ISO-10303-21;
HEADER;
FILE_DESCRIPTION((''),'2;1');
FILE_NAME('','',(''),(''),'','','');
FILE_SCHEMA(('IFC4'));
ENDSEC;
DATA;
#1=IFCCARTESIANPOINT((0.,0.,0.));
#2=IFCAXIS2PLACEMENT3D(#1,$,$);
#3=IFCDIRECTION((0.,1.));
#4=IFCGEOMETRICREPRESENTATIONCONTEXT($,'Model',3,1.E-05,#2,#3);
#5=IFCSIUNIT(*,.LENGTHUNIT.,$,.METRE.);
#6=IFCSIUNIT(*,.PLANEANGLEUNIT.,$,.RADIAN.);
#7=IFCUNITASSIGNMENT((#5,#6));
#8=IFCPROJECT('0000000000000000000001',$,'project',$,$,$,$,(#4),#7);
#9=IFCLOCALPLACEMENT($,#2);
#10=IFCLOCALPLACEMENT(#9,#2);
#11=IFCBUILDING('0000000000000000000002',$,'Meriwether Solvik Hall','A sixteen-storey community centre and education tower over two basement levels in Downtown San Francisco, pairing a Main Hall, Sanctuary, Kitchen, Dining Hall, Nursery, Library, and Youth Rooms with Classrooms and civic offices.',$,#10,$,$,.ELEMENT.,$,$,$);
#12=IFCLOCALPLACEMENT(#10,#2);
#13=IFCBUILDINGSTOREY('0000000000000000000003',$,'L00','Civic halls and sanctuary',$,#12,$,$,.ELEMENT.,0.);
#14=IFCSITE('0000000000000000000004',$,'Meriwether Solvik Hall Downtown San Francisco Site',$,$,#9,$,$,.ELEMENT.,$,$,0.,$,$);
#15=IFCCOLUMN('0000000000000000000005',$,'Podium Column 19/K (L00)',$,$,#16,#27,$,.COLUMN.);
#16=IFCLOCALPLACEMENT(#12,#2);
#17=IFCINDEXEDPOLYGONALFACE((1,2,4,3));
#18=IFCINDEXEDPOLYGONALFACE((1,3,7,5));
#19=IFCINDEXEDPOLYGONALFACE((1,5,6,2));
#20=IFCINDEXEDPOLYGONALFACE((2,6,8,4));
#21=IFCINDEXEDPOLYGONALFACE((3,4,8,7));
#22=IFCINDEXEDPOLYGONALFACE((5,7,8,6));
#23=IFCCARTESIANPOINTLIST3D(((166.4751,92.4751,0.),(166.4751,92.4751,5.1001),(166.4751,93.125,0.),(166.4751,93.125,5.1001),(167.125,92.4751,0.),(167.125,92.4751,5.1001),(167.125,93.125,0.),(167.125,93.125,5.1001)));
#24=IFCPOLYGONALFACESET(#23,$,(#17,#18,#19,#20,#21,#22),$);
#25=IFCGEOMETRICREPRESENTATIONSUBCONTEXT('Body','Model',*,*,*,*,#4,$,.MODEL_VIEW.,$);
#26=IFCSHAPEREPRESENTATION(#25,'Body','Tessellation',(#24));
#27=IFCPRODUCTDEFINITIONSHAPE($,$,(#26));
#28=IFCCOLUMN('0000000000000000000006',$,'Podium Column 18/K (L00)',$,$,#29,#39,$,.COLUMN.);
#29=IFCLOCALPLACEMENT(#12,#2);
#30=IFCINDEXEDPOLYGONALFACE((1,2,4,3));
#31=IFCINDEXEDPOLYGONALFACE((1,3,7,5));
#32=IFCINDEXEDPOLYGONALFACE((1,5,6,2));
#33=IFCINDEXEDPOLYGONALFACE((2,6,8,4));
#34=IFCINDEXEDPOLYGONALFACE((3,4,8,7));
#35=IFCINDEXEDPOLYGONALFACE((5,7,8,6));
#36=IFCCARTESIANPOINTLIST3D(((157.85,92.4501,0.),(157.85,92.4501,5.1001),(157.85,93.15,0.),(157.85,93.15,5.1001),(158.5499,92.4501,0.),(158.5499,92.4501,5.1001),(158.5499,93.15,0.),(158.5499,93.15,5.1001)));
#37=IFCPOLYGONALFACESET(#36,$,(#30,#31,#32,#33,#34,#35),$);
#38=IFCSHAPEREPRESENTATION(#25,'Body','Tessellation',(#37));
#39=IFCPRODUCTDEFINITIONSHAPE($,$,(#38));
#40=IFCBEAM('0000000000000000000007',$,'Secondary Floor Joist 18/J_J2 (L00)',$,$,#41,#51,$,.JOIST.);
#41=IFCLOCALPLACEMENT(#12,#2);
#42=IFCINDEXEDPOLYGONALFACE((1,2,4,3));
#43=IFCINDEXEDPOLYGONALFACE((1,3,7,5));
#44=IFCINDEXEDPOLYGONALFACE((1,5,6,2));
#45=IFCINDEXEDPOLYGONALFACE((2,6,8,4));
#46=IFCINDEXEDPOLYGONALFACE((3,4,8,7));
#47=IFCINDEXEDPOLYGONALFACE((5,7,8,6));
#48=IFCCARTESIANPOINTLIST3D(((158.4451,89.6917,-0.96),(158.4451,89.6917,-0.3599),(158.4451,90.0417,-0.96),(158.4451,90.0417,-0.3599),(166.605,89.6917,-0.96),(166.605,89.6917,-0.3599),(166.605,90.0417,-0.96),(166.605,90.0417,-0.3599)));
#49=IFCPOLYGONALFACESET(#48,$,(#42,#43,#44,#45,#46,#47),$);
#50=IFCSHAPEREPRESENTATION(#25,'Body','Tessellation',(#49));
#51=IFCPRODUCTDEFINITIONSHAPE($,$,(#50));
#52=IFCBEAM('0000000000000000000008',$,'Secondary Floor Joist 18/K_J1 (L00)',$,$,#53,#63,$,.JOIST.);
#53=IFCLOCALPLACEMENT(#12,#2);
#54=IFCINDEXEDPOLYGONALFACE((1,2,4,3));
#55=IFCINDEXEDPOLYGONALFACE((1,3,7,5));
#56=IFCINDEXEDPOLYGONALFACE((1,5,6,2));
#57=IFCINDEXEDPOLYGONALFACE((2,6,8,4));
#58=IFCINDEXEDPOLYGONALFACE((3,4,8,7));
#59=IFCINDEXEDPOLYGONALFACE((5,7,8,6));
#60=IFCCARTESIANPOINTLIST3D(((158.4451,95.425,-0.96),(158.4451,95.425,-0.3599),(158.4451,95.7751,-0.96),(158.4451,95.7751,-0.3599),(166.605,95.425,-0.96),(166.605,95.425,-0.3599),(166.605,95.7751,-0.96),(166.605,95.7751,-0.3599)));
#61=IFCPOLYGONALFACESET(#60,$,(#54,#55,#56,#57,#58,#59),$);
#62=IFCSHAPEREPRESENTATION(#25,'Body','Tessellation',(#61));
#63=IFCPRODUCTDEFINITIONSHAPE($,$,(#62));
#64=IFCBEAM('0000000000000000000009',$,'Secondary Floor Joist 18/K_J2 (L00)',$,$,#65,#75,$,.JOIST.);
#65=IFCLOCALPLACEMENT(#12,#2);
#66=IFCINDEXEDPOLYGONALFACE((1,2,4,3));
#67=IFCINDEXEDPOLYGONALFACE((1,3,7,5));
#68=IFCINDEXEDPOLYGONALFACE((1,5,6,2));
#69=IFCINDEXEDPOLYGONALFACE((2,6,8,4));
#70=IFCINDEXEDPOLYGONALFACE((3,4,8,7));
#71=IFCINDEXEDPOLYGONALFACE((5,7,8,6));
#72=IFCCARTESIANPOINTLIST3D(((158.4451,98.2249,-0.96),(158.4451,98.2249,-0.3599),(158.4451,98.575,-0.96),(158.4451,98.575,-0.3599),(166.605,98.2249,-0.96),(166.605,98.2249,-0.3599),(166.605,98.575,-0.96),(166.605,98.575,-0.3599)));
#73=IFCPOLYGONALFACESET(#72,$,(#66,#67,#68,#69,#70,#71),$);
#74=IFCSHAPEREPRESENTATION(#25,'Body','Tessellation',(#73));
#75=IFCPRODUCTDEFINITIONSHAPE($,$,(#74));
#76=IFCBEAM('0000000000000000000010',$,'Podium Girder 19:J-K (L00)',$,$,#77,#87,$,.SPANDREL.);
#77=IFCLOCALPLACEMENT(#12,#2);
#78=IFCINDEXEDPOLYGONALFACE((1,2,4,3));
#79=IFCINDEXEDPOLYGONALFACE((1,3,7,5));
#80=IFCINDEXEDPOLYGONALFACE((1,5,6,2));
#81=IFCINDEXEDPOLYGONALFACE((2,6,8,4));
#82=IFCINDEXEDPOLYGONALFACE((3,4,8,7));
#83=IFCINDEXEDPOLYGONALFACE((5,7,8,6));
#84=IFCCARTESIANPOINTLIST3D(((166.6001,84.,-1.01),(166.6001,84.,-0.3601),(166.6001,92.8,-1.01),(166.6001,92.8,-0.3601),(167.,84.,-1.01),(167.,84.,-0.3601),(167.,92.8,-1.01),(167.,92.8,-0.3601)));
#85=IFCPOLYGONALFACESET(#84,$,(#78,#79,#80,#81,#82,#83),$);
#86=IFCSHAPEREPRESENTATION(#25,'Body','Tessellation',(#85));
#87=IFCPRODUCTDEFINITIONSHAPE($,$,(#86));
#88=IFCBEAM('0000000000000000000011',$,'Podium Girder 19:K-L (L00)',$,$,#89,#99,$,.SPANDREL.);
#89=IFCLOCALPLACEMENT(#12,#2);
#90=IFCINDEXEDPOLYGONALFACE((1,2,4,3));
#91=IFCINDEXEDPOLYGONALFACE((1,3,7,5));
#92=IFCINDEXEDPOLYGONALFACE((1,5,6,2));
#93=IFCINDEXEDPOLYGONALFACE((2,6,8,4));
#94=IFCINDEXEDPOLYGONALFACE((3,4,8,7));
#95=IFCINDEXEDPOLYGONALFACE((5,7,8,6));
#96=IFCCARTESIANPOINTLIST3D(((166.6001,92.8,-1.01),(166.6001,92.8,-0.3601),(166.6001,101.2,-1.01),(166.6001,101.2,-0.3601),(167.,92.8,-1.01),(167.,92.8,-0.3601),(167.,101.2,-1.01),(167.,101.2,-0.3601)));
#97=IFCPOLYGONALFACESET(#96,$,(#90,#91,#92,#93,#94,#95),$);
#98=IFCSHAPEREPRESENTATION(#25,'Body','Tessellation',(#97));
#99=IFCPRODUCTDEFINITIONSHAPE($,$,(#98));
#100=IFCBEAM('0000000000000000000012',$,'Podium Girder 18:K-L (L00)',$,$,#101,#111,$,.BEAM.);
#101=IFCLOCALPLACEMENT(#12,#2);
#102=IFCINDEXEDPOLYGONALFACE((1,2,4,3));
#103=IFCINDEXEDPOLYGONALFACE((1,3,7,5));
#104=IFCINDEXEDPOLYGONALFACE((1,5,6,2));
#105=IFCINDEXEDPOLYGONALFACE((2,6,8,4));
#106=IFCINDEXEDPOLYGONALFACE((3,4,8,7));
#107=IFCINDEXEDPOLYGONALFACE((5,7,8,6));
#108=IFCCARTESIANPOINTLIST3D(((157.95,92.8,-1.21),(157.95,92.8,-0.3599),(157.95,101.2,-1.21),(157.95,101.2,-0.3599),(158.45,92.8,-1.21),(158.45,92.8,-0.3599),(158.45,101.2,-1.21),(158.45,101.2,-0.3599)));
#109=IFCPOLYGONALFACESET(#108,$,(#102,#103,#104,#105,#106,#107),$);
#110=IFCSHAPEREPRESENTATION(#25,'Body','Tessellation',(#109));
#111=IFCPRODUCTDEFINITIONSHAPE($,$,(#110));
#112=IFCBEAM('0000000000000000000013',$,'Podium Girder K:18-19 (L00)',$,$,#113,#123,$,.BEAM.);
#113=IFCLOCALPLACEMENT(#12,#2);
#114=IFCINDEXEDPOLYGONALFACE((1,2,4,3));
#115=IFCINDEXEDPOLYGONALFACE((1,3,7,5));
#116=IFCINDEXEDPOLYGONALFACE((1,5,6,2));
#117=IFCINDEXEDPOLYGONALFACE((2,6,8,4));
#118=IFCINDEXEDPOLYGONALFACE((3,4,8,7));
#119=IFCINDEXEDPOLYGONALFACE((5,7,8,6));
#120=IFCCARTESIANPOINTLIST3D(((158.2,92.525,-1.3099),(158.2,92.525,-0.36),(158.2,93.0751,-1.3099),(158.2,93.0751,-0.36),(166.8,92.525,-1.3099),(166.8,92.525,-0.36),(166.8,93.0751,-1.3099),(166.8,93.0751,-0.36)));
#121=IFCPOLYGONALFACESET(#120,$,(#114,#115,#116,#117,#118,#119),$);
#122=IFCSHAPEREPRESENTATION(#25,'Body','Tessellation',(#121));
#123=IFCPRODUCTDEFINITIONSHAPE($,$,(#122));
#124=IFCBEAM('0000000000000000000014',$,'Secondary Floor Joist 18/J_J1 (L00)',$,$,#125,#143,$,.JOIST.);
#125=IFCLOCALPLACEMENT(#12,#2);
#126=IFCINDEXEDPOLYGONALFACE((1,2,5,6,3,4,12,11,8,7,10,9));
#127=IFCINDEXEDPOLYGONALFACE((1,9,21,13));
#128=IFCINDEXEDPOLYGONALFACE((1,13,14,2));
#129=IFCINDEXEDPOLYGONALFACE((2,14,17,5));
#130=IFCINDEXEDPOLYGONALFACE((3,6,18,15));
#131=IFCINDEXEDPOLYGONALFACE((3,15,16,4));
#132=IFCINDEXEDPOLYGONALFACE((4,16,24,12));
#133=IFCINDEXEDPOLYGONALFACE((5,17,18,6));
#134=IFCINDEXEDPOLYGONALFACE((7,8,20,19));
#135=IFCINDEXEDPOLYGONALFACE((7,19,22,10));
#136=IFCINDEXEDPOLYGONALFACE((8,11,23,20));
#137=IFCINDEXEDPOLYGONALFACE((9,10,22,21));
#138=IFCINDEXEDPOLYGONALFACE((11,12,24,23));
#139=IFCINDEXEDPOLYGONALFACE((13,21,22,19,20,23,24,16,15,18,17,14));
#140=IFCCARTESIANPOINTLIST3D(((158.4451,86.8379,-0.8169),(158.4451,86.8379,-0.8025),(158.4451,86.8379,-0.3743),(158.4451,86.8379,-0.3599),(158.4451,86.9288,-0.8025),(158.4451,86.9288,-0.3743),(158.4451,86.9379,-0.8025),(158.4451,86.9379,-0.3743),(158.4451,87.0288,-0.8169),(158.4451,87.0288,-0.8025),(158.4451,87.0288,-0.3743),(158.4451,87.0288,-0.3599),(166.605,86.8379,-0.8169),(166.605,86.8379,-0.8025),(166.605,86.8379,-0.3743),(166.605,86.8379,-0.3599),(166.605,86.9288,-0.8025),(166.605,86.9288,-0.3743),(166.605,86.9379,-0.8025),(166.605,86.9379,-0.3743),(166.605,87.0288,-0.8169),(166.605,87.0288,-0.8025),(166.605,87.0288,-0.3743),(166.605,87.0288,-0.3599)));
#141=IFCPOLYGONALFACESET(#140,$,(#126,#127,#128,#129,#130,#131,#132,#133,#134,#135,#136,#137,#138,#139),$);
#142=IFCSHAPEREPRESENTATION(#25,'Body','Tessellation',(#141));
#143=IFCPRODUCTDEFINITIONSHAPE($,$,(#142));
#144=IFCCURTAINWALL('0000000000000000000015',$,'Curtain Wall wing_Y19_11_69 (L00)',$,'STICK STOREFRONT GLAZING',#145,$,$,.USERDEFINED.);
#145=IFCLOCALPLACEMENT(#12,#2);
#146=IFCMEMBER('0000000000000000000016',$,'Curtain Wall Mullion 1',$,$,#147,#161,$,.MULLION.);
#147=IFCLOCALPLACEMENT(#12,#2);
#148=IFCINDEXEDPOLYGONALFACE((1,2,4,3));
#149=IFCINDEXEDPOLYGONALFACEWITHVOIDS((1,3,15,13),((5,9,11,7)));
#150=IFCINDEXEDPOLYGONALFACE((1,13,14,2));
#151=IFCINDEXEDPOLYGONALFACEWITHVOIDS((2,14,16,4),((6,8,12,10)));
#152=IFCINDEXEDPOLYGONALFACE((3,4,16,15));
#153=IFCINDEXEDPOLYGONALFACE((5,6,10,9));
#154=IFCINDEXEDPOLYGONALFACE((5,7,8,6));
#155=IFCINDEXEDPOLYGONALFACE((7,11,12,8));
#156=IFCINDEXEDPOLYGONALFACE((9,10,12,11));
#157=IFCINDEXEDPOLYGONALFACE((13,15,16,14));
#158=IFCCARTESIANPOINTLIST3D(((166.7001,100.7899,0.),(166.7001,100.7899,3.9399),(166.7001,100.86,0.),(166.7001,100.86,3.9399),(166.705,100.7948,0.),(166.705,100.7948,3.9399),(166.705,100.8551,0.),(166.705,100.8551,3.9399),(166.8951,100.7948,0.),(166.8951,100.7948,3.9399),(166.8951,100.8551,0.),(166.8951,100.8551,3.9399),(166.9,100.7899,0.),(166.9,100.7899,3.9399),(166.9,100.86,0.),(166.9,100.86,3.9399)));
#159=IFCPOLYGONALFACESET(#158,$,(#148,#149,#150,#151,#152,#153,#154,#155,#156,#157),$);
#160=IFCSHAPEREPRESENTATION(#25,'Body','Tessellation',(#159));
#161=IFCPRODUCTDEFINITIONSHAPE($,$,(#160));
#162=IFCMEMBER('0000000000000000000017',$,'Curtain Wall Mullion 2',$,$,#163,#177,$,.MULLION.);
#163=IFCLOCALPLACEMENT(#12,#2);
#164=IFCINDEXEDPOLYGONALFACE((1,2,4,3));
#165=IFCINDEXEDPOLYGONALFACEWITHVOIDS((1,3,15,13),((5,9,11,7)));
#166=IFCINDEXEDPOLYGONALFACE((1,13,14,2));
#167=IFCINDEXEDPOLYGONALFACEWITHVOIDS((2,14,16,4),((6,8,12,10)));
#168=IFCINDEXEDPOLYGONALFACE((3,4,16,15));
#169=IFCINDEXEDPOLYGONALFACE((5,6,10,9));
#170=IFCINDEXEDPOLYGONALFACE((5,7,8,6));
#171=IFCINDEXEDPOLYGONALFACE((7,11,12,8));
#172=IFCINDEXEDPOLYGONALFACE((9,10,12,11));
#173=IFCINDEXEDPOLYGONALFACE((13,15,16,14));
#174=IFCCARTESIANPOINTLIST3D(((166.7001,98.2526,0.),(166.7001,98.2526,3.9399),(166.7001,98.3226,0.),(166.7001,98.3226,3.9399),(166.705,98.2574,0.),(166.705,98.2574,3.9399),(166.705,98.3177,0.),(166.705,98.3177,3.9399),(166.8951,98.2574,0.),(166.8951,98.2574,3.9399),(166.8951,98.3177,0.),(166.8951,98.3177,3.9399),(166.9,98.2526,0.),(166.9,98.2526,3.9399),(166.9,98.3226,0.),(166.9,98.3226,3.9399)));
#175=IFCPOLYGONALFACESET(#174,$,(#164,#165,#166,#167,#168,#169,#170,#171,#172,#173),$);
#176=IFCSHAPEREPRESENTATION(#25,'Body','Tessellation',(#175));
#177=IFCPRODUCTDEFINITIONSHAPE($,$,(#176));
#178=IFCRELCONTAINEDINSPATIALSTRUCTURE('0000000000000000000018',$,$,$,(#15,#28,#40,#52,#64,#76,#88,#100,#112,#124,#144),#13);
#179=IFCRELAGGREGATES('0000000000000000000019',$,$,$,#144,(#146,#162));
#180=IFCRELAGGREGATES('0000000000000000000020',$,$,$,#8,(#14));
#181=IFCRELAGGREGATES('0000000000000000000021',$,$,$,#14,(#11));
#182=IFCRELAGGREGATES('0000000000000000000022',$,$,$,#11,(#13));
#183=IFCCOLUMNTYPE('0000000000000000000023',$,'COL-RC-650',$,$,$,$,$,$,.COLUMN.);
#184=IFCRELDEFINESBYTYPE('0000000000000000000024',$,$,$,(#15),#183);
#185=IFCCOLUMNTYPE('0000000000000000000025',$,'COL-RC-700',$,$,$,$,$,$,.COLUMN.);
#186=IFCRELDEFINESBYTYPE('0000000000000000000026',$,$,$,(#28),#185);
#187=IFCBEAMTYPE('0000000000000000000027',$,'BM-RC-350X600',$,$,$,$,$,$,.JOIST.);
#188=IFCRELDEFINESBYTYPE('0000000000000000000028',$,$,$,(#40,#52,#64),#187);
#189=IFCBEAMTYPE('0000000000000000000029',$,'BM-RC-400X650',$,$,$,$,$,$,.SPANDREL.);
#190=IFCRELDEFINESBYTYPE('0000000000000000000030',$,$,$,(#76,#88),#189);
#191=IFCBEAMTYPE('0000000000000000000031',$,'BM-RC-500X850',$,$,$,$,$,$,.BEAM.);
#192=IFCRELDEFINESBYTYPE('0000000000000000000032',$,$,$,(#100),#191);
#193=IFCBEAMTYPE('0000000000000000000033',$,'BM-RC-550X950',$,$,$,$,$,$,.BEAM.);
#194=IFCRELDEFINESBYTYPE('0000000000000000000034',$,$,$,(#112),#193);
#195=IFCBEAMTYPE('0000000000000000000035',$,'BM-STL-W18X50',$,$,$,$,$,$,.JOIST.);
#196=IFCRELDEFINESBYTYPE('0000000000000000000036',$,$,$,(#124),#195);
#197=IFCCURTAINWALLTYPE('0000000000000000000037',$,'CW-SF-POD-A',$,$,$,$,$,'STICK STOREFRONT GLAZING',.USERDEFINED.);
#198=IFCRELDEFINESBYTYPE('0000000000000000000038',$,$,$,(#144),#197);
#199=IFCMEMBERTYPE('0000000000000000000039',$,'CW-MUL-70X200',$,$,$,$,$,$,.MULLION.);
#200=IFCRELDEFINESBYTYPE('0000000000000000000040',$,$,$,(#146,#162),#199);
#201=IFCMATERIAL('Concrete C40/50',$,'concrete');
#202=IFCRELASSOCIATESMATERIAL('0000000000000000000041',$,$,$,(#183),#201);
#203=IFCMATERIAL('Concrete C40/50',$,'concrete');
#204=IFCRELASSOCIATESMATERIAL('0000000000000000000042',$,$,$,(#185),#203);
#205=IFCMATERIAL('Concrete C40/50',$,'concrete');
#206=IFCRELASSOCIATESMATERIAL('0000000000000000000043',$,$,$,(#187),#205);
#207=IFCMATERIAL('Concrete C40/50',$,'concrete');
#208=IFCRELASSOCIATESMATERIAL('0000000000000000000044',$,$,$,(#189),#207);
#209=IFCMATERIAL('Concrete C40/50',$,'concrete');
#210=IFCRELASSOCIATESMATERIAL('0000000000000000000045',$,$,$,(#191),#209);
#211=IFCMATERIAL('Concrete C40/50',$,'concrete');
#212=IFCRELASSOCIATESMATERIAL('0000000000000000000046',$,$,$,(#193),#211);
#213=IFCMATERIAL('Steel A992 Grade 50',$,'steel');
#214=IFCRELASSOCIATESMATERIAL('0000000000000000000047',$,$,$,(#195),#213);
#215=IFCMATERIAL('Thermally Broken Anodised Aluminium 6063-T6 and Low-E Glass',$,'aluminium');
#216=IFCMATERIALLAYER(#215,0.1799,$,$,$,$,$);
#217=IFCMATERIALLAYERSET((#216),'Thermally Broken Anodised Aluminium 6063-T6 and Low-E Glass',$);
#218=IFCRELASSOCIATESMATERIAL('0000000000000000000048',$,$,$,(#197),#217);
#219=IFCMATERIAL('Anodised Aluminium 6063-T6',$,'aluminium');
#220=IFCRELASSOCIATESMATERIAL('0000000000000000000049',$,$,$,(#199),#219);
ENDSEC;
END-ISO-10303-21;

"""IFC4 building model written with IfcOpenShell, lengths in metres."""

from ifc_helpers import new_model, si_unit, direction, frame, origin, origin_2d, place, context, subcontext, project, spatial, rectangle, hollow_rectangle, i_section, extrude, material, layer, layer_set, material_profile, profile_set, type_object, element, aggregate, save


model = new_model("IFC4")

# Units and contexts
model_context = context("Model", 3, precision=1e-05, world=origin(), true_north=direction((0.0, 1.0)))
body_context = subcontext(model_context, "Body", "Model", "MODEL_VIEW")
ifc_project = project(units=[si_unit("LENGTHUNIT", "METRE"), si_unit("PLANEANGLEUNIT", "RADIAN")], contexts=[model_context])

# Site, building, storey
site_placement = place(None, origin())
site = spatial("IfcSite", under=ifc_project, at=site_placement, Name="Meriwether Solvik Hall Downtown San Francisco Site", CompositionType="ELEMENT", RefElevation=0.0)
building_placement = place(site_placement, origin())
building = spatial("IfcBuilding", under=site, at=building_placement, Name="Meriwether Solvik Hall", Description="A sixteen-storey community centre and education tower over two basement levels in Downtown San Francisco, pairing a Main Hall, Sanctuary, Kitchen, Dining Hall, Nursery, Library, and Youth Rooms with Classrooms and civic offices.", CompositionType="ELEMENT")
storey_placement = place(building_placement, origin())
storey = spatial("IfcBuildingStorey", under=building, at=storey_placement, Name="L00", Description="Civic halls and sanctuary", CompositionType="ELEMENT", Elevation=0.0)

# Columns
ifc_material_1 = material(Name="Concrete C40/50", Category="concrete")
ifc_material_profile_1 = material_profile(ifc_material_1, rectangle(XDim=0.6499, YDim=0.6499, at=origin_2d()), Name="RCC-650X650")
ifc_profile_set_1 = profile_set([ifc_material_profile_1], Name="Concrete C40/50")
column_type_1 = type_object("IfcColumnType", Name="COL-RC-650", PredefinedType="COLUMN", material=ifc_profile_set_1)
column_1_placement = place(storey_placement, frame((166.8, 92.8, 0.0), z_axis=(0.0, 0.0, 1.0), x_axis=(1.0, 0.0, 0.0)))
element("IfcColumn", 1, at=column_1_placement, inside=storey, type_object=column_type_1, Name="Podium Column 19/K (L00)", PredefinedType="COLUMN", context=body_context, shape_type="SweptSolid", body=[
    extrude(rectangle(XDim=0.6499, YDim=0.6499, at=origin_2d()), origin(), (0.0, 0.0, 1.0), 5.1001),
])
ifc_material_2 = material(Name="Concrete C40/50", Category="concrete")
ifc_material_profile_2 = material_profile(ifc_material_2, rectangle(XDim=0.7, YDim=0.7, at=origin_2d()), Name="RCC-700X700")
ifc_profile_set_2 = profile_set([ifc_material_profile_2], Name="Concrete C40/50")
column_type_2 = type_object("IfcColumnType", Name="COL-RC-700", PredefinedType="COLUMN", material=ifc_profile_set_2)
column_2_placement = place(storey_placement, frame((158.2, 92.8, 0.0), z_axis=(0.0, 0.0, 1.0), x_axis=(1.0, 0.0, 0.0)))
element("IfcColumn", 2, at=column_2_placement, inside=storey, type_object=column_type_2, Name="Podium Column 18/K (L00)", PredefinedType="COLUMN", context=body_context, shape_type="SweptSolid", body=[
    extrude(rectangle(XDim=0.7, YDim=0.7, at=origin_2d()), origin(), (0.0, 0.0, 1.0), 5.1001),
])

# Beams
ifc_material_3 = material(Name="Concrete C40/50", Category="concrete")
ifc_material_profile_3 = material_profile(ifc_material_3, rectangle(XDim=0.3501, YDim=0.6001, at=origin_2d()), Name="RCB-350X600")
ifc_profile_set_3 = profile_set([ifc_material_profile_3], Name="Concrete C40/50")
beam_type_1 = type_object("IfcBeamType", Name="BM-RC-350X600", PredefinedType="JOIST", material=ifc_profile_set_3)
for number, where, z_axis, x_axis, name in (
    (3, (158.4451, 89.8667, -0.6599), (1.0, 0.0, 0.0), (0.0, 1.0, 0.0), "Secondary Floor Joist 18/J_J2 (L00)"),
    (4, (158.4451, 95.6001, -0.6599), (1.0, 0.0, 0.0), (0.0, 1.0, 0.0), "Secondary Floor Joist 18/K_J1 (L00)"),
    (5, (158.4451, 98.3999, -0.6599), (1.0, 0.0, 0.0), (0.0, 1.0, 0.0), "Secondary Floor Joist 18/K_J2 (L00)"),
):
    element("IfcBeam", number, at=place(storey_placement, frame(where, z_axis=z_axis, x_axis=x_axis)), inside=storey, type_object=beam_type_1, Name=name, PredefinedType="JOIST", context=body_context, shape_type="SweptSolid", body=[
        extrude(rectangle(XDim=0.3501, YDim=0.6001, at=origin_2d()), origin(), (0.0, 0.0, 1.0), 8.1599),
    ])
ifc_material_4 = material(Name="Concrete C40/50", Category="concrete")
ifc_material_profile_4 = material_profile(ifc_material_4, rectangle(XDim=0.3999, YDim=0.6499, at=origin_2d()), Name="RCB-400X650")
ifc_profile_set_4 = profile_set([ifc_material_profile_4], Name="Concrete C40/50")
beam_type_2 = type_object("IfcBeamType", Name="BM-RC-400X650", PredefinedType="SPANDREL", material=ifc_profile_set_4)
beam_1_placement = place(storey_placement, frame((166.8, 84.0, -0.6851), z_axis=(0.0, 1.0, 0.0), x_axis=(-1.0, 0.0, 0.0)))
element("IfcBeam", 6, at=beam_1_placement, inside=storey, type_object=beam_type_2, Name="Podium Girder 19:J-K (L00)", PredefinedType="SPANDREL", context=body_context, shape_type="SweptSolid", body=[
    extrude(rectangle(XDim=0.3999, YDim=0.6499, at=origin_2d()), origin(), (0.0, 0.0, 1.0), 8.8),
])
beam_2_placement = place(storey_placement, frame((166.8, 92.8, -0.6851), z_axis=(0.0, 1.0, 0.0), x_axis=(-1.0, 0.0, 0.0)))
element("IfcBeam", 7, at=beam_2_placement, inside=storey, type_object=beam_type_2, Name="Podium Girder 19:K-L (L00)", PredefinedType="SPANDREL", context=body_context, shape_type="SweptSolid", body=[
    extrude(rectangle(XDim=0.3999, YDim=0.6499, at=origin_2d()), origin(), (0.0, 0.0, 1.0), 8.3999),
])
ifc_material_5 = material(Name="Concrete C40/50", Category="concrete")
ifc_material_profile_5 = material_profile(ifc_material_5, rectangle(XDim=0.5, YDim=0.8501, at=origin_2d()), Name="RCB-500X850")
ifc_profile_set_5 = profile_set([ifc_material_profile_5], Name="Concrete C40/50")
beam_type_3 = type_object("IfcBeamType", Name="BM-RC-500X850", PredefinedType="BEAM", material=ifc_profile_set_5)
beam_3_placement = place(storey_placement, frame((158.2, 92.8, -0.7849), z_axis=(0.0, 1.0, 0.0), x_axis=(-1.0, 0.0, 0.0)))
element("IfcBeam", 8, at=beam_3_placement, inside=storey, type_object=beam_type_3, Name="Podium Girder 18:K-L (L00)", PredefinedType="BEAM", context=body_context, shape_type="SweptSolid", body=[
    extrude(rectangle(XDim=0.5, YDim=0.8501, at=origin_2d()), origin(), (0.0, 0.0, 1.0), 8.3999),
])
ifc_material_6 = material(Name="Concrete C40/50", Category="concrete")
ifc_material_profile_6 = material_profile(ifc_material_6, rectangle(XDim=0.55, YDim=0.95, at=origin_2d()), Name="RCB-550X950")
ifc_profile_set_6 = profile_set([ifc_material_profile_6], Name="Concrete C40/50")
beam_type_4 = type_object("IfcBeamType", Name="BM-RC-550X950", PredefinedType="BEAM", material=ifc_profile_set_6)
beam_4_placement = place(storey_placement, frame((158.2, 92.8, -0.835), z_axis=(1.0, 0.0, 0.0), x_axis=(0.0, 1.0, 0.0)))
element("IfcBeam", 9, at=beam_4_placement, inside=storey, type_object=beam_type_4, Name="Podium Girder K:18-19 (L00)", PredefinedType="BEAM", context=body_context, shape_type="SweptSolid", body=[
    extrude(rectangle(XDim=0.55, YDim=0.95, at=origin_2d()), origin(), (0.0, 0.0, 1.0), 8.6001),
])
ifc_material_7 = material(Name="Steel A992 Grade 50", Category="steel")
ifc_material_profile_7 = material_profile(ifc_material_7, i_section(OverallWidth=0.1909, OverallDepth=0.457, WebThickness=0.009, FlangeThickness=0.0144, at=origin_2d()), Name="W18X50")
ifc_profile_set_7 = profile_set([ifc_material_profile_7], Name="Steel A992 Grade 50")
beam_type_5 = type_object("IfcBeamType", Name="BM-STL-W18X50", PredefinedType="JOIST", material=ifc_profile_set_7)
beam_5_placement = place(storey_placement, frame((158.4451, 86.9333, -0.5884), z_axis=(1.0, 0.0, 0.0), x_axis=(0.0, 1.0, 0.0)))
element("IfcBeam", 10, at=beam_5_placement, inside=storey, type_object=beam_type_5, Name="Secondary Floor Joist 18/J_J1 (L00)", PredefinedType="JOIST", context=body_context, shape_type="SweptSolid", body=[
    extrude(i_section(OverallWidth=0.1909, OverallDepth=0.457, WebThickness=0.009, FlangeThickness=0.0144, at=origin_2d()), origin(), (0.0, 0.0, 1.0), 8.1599),
])

# Curtain wall, members
ifc_material_8 = material(Name="Thermally Broken Anodised Aluminium 6063-T6 and Low-E Glass", Category="aluminium")
ifc_layer_1 = layer(ifc_material_8, 0.1799)
ifc_layer_set_1 = layer_set([ifc_layer_1], Name="Thermally Broken Anodised Aluminium 6063-T6 and Low-E Glass")
curtain_wall_type = type_object("IfcCurtainWallType", Name="CW-SF-POD-A", ElementType="STICK STOREFRONT GLAZING", PredefinedType="USERDEFINED", material=ifc_layer_set_1)
curtain_wall_placement = place(storey_placement, origin())
curtain_wall = element("IfcCurtainWall", 11, at=curtain_wall_placement, inside=storey, type_object=curtain_wall_type, Name="Curtain Wall wing_Y19_11_69 (L00)", ObjectType="STICK STOREFRONT GLAZING", PredefinedType="USERDEFINED")
ifc_material_9 = material(Name="Anodised Aluminium 6063-T6", Category="aluminium")
ifc_material_profile_8 = material_profile(ifc_material_9, hollow_rectangle(XDim=0.0701, YDim=0.2, WallThickness=0.0049, at=origin_2d()), Name="CWM-70X200")
ifc_profile_set_8 = profile_set([ifc_material_profile_8], Name="Anodised Aluminium 6063-T6")
member_type_1 = type_object("IfcMemberType", Name="CW-MUL-70X200", PredefinedType="MULLION", material=ifc_profile_set_8)
member_1_placement = place(storey_placement, frame((166.8, 100.825, 0.0), z_axis=(0.0, 0.0, 1.0), x_axis=(0.0, -1.0, 0.0)))
member_1 = element("IfcMember", 12, at=member_1_placement, type_object=member_type_1, Name="Curtain Wall Mullion 1", PredefinedType="MULLION", context=body_context, shape_type="SweptSolid", body=[
    extrude(hollow_rectangle(XDim=0.0701, YDim=0.2, WallThickness=0.0049, at=origin_2d()), origin(), (0.0, 0.0, 1.0), 3.9399),
])
member_2_placement = place(storey_placement, frame((166.8, 98.2876, 0.0), z_axis=(0.0, 0.0, 1.0), x_axis=(0.0, -1.0, 0.0)))
member_2 = element("IfcMember", 13, at=member_2_placement, type_object=member_type_1, Name="Curtain Wall Mullion 2", PredefinedType="MULLION", context=body_context, shape_type="SweptSolid", body=[
    extrude(hollow_rectangle(XDim=0.0701, YDim=0.2, WallThickness=0.0049, at=origin_2d()), origin(), (0.0, 0.0, 1.0), 3.9399),
])
aggregate(curtain_wall, [member_1, member_2])

save(model, "model.ifc")
